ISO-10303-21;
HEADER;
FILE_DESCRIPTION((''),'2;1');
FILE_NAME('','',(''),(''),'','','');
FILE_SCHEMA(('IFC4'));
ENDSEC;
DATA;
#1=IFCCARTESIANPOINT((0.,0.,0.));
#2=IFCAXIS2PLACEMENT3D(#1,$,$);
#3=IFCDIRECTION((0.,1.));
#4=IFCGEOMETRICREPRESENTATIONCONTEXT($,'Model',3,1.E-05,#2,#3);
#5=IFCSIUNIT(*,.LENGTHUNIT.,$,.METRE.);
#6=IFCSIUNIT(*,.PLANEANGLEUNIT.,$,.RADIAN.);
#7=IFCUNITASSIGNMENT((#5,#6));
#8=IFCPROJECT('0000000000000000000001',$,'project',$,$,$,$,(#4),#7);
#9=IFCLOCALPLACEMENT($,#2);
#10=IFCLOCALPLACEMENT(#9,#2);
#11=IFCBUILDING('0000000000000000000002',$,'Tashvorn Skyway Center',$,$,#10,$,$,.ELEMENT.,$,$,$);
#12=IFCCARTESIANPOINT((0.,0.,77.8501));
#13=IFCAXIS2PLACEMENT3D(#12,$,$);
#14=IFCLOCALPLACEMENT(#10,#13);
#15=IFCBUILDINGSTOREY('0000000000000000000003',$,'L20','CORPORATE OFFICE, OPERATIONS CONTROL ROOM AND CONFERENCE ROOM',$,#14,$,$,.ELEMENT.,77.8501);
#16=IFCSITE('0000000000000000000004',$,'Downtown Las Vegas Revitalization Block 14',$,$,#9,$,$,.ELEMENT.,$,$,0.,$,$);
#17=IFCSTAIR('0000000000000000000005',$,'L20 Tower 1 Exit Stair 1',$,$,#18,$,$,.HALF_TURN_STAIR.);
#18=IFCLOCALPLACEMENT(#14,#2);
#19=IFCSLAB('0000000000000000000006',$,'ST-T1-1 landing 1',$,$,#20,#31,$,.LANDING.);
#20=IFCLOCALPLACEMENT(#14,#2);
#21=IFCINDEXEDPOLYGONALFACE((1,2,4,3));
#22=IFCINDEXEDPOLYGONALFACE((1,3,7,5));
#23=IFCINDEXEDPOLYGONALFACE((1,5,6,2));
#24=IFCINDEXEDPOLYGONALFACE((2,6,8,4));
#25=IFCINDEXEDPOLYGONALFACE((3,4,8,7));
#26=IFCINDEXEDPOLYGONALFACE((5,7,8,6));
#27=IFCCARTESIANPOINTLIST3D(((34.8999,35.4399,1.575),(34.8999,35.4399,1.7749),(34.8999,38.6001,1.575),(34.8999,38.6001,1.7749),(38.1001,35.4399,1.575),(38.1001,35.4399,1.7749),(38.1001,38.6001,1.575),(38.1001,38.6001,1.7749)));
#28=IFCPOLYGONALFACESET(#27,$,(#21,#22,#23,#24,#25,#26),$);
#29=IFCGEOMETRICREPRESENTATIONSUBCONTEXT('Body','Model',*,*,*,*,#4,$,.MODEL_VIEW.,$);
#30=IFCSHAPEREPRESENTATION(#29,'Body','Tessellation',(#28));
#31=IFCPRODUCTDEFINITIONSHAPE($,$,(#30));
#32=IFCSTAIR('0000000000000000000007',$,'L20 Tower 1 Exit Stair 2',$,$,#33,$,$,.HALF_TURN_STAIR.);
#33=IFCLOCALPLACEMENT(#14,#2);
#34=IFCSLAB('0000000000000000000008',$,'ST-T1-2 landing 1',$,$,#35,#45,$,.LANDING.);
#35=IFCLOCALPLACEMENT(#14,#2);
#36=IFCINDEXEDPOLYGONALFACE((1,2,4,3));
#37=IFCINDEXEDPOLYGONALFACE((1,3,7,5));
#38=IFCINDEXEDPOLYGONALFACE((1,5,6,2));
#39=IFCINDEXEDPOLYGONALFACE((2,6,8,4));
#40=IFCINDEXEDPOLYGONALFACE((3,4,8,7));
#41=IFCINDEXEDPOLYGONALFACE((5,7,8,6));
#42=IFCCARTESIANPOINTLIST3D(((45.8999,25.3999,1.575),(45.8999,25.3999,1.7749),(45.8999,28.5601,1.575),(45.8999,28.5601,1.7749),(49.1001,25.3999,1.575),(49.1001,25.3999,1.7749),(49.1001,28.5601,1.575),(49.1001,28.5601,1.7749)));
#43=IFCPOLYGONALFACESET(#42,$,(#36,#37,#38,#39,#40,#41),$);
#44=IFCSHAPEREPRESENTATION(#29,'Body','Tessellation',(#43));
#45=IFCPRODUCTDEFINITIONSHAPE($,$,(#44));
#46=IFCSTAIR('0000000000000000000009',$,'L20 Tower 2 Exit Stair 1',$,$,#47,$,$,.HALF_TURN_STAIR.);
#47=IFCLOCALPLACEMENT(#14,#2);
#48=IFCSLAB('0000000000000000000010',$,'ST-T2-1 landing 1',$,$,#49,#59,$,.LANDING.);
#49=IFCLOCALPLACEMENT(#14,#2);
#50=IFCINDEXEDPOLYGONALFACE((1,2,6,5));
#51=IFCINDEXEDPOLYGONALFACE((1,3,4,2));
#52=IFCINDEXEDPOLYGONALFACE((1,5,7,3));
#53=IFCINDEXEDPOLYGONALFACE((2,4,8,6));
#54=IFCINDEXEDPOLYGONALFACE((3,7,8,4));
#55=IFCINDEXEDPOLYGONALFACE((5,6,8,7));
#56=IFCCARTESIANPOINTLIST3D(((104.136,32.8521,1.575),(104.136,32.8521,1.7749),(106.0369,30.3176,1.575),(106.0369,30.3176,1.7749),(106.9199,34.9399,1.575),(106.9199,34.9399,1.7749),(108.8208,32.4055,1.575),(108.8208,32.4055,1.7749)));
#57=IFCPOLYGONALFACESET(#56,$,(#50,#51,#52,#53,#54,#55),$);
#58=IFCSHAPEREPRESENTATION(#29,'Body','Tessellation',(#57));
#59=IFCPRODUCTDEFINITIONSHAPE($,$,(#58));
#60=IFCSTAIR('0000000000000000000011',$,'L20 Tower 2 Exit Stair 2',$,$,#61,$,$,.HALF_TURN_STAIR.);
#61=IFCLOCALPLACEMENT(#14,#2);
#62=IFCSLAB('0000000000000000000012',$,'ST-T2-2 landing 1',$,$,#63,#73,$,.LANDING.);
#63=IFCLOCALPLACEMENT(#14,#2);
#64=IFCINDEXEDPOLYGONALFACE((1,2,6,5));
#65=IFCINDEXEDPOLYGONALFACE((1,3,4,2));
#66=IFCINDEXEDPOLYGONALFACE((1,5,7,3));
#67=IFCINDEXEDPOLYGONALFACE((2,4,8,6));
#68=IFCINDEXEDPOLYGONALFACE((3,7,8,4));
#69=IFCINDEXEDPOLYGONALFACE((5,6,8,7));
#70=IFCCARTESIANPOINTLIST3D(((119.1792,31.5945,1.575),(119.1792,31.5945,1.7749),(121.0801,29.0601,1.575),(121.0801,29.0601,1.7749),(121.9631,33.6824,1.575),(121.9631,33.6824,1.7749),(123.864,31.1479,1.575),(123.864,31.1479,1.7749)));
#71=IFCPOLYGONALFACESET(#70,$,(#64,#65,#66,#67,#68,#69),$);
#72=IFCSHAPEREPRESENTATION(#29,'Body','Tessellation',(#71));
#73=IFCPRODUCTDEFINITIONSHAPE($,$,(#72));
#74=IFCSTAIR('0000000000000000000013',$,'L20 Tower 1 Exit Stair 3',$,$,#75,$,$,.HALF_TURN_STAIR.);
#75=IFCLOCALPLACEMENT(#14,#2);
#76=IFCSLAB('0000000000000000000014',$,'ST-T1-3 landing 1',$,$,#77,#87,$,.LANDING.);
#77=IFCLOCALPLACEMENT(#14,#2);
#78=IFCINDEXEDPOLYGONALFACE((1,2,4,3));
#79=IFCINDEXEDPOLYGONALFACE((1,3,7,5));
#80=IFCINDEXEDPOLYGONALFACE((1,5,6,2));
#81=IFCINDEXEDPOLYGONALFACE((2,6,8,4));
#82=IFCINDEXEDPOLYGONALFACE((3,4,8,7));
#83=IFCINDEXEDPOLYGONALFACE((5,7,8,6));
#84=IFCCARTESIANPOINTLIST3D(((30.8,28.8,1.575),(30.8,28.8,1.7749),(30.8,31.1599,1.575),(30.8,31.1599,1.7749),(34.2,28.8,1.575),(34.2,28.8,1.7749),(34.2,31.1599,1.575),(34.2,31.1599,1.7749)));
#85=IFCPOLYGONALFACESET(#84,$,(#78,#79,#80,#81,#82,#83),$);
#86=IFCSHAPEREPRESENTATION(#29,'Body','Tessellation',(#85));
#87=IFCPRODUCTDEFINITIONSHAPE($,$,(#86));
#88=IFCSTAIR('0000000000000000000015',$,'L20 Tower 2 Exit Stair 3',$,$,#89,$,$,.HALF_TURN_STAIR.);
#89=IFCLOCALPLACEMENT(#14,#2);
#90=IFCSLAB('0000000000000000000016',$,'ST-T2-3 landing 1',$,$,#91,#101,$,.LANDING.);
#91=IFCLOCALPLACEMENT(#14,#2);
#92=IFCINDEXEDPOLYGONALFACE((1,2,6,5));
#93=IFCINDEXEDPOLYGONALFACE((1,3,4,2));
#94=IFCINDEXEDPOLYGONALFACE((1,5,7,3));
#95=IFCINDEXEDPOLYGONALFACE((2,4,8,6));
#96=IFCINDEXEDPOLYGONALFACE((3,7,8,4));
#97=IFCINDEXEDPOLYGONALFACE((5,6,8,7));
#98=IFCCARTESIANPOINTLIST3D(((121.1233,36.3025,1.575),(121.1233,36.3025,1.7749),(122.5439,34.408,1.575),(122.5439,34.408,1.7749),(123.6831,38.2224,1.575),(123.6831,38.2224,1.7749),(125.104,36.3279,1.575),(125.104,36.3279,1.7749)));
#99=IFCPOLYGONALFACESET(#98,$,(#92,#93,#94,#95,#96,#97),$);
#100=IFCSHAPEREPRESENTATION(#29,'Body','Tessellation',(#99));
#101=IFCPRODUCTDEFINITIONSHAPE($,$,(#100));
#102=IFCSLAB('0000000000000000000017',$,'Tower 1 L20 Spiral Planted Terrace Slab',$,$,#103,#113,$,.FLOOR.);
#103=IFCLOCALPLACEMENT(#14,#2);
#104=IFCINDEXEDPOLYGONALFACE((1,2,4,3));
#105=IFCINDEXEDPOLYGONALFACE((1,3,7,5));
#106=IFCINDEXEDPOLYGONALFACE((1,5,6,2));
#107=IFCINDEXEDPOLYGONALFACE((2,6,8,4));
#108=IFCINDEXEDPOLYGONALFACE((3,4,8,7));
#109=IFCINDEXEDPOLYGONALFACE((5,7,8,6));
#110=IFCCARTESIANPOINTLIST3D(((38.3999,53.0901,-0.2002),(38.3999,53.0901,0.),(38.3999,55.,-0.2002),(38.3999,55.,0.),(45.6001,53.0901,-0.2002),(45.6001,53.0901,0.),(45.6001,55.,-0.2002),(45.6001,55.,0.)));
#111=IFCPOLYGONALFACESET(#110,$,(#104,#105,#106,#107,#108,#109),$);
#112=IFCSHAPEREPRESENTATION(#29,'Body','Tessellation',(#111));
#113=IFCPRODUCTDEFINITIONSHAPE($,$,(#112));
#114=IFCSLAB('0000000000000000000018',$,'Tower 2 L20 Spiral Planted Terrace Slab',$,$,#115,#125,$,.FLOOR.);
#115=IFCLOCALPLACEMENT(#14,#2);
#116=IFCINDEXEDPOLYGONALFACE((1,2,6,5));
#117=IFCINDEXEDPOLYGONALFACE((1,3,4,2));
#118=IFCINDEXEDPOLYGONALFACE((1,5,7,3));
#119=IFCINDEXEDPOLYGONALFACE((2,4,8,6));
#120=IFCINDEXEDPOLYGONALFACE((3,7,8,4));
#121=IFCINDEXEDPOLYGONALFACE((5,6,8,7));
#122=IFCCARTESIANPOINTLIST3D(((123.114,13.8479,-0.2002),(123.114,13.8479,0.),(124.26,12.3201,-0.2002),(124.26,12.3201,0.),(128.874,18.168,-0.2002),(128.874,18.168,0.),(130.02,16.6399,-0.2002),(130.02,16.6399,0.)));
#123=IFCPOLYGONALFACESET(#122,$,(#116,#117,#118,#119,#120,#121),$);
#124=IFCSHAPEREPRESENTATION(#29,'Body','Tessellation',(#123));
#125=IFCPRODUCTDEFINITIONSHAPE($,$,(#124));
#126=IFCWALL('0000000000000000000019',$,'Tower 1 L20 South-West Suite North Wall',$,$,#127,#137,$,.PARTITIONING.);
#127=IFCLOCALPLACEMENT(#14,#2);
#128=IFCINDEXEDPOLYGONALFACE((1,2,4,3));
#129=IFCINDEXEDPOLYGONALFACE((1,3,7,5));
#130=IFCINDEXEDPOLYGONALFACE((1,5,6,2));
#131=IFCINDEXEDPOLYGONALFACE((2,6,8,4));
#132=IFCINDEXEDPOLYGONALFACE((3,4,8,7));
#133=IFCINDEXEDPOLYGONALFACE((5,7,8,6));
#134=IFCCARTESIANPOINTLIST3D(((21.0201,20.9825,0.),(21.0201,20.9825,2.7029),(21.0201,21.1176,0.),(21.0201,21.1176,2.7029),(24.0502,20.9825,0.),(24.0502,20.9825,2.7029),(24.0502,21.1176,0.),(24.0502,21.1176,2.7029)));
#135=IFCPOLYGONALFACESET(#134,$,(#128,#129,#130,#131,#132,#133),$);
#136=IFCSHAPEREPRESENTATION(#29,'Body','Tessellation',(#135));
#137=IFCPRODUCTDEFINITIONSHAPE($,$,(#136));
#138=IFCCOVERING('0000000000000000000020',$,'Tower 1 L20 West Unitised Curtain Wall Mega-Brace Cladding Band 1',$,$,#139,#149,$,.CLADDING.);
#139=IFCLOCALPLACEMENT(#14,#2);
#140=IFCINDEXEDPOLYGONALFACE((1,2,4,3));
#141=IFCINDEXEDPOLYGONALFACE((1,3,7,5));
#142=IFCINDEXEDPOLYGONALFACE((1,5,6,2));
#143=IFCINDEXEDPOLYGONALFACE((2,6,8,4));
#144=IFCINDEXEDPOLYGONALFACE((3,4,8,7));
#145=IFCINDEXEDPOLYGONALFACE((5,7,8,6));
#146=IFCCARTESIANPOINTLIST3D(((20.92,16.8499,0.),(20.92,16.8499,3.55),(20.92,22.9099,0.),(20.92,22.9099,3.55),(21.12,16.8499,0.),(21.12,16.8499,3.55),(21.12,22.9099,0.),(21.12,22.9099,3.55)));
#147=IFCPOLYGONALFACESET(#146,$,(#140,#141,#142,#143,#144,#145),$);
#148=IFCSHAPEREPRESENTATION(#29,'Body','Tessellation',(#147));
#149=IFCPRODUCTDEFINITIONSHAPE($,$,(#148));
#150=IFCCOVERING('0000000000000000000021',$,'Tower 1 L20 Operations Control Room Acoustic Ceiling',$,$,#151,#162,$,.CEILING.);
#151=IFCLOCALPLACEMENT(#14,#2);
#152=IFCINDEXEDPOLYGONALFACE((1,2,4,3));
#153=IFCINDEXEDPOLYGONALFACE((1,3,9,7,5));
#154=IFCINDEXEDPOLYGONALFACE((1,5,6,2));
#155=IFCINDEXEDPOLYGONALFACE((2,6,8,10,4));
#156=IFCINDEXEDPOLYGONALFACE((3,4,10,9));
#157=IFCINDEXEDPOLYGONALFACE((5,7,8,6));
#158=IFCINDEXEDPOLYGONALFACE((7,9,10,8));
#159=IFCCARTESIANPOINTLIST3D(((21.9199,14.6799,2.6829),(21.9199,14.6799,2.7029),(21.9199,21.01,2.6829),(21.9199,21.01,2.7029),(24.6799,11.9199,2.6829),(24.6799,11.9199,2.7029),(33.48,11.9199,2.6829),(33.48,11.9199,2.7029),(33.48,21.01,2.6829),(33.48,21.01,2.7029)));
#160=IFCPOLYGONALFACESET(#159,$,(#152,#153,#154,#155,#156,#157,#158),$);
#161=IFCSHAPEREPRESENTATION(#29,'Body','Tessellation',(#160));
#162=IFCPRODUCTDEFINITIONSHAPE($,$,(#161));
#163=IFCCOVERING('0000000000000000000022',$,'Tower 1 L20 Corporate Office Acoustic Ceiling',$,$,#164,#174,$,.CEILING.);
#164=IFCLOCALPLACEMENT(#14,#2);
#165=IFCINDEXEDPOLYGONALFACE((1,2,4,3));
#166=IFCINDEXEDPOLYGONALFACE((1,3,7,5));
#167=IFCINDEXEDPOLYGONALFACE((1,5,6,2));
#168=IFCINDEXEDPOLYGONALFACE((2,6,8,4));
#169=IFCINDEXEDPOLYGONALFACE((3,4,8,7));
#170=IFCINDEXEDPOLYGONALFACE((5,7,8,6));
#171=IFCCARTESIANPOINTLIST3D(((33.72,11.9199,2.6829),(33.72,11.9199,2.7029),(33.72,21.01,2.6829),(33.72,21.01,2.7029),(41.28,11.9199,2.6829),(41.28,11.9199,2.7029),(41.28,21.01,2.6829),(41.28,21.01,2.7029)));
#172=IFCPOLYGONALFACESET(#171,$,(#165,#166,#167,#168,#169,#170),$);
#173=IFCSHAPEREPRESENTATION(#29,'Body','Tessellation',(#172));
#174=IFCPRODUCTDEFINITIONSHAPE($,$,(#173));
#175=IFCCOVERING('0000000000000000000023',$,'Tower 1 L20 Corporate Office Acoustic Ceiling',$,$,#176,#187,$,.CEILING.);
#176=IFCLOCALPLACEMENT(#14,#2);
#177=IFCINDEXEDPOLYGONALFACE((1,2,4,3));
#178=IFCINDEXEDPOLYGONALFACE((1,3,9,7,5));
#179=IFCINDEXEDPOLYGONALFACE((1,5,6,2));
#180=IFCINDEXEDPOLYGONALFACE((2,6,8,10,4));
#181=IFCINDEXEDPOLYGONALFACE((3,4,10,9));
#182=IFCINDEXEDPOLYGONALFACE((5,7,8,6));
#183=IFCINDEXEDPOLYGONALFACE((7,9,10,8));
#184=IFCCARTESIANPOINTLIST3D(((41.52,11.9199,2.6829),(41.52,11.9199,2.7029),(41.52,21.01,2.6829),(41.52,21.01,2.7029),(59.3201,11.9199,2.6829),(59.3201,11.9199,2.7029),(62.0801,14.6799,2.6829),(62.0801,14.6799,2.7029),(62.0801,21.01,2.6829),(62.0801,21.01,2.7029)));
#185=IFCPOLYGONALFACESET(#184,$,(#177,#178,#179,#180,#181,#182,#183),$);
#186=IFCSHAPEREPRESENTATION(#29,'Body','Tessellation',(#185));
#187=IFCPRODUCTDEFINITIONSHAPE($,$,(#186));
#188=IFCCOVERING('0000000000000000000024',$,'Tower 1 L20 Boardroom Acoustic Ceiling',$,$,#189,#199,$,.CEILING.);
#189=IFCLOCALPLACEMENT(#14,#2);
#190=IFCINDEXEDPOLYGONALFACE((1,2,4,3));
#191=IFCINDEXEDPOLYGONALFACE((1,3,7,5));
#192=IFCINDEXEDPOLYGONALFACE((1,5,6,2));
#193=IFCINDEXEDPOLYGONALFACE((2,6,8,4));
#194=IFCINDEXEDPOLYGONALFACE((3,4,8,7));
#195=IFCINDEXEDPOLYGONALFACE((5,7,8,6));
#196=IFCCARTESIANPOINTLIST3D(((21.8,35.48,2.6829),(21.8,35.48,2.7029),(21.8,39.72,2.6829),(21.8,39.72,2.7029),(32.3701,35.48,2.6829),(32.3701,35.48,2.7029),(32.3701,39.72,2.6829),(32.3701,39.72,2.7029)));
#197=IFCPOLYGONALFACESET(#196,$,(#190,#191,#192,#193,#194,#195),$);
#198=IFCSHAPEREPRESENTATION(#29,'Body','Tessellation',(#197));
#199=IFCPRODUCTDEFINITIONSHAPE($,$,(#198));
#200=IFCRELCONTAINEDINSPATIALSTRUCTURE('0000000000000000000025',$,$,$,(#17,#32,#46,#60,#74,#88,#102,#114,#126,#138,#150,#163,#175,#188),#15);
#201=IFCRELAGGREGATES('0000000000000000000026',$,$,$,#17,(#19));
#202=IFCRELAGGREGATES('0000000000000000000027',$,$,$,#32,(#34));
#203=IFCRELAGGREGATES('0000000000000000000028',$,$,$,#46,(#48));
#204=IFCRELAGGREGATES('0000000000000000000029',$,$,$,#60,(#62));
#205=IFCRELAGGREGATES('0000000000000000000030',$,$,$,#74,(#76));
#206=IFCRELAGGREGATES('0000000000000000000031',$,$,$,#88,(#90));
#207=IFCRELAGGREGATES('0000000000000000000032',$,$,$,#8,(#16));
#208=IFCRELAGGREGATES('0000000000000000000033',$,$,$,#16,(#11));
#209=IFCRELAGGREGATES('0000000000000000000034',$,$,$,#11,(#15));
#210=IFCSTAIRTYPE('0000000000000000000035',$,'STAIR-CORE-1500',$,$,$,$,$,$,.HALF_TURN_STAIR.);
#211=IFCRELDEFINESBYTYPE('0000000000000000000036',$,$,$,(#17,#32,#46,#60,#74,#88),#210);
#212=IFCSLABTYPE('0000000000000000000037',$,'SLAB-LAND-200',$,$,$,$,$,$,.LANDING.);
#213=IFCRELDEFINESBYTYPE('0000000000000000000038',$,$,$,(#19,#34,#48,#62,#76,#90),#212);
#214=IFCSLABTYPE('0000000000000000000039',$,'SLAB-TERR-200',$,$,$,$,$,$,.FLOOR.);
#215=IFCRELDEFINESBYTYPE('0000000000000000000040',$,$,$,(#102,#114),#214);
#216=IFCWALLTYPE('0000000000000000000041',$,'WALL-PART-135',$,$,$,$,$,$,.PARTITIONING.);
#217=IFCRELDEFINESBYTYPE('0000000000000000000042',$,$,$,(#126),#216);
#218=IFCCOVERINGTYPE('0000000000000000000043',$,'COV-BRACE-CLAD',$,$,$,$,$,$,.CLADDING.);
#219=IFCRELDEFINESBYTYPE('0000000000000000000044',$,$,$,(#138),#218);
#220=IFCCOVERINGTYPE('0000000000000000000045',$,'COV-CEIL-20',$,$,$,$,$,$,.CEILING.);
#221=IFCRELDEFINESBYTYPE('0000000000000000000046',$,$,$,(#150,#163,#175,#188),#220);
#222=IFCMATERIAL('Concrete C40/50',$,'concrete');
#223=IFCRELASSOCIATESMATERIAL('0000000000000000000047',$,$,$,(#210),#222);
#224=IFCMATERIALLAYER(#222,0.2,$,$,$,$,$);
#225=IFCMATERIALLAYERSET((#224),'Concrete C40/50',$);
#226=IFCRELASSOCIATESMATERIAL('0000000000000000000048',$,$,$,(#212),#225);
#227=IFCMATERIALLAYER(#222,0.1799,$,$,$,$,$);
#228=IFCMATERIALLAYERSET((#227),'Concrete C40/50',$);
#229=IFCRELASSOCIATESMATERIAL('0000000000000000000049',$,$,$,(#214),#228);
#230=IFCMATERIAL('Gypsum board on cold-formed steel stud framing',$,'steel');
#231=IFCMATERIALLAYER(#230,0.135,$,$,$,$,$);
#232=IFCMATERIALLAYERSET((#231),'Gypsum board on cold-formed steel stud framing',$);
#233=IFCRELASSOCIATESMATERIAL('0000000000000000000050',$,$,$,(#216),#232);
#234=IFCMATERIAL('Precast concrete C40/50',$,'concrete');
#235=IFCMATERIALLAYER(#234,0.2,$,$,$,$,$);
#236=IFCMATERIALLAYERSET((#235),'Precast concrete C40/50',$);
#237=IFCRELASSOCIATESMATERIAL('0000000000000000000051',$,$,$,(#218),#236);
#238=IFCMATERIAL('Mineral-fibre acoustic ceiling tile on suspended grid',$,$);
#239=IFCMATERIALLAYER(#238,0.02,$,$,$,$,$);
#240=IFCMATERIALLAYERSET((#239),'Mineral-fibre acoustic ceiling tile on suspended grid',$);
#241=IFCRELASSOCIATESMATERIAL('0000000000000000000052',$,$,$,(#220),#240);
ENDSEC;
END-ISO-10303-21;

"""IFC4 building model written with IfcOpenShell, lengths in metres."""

from ifc_helpers import new_model, si_unit, direction, frame, frame_2d, origin, origin_2d, place, context, subcontext, project, spatial, polyline, rectangle, outline, extrude, material, layer, layer_set, type_object, element, aggregate, save


model = new_model("IFC4")

# Units and contexts
model_context = context("Model", 3, precision=1e-05, world=origin(), true_north=direction((0.0, 1.0)))
body_context = subcontext(model_context, "Body", "Model", "MODEL_VIEW")
ifc_project = project(units=[si_unit("LENGTHUNIT", "METRE"), si_unit("PLANEANGLEUNIT", "RADIAN")], contexts=[model_context])

# Site, building, storey
site_placement = place(None, origin())
site = spatial("IfcSite", under=ifc_project, at=site_placement, Name="Downtown Las Vegas Revitalization Block 14", CompositionType="ELEMENT", RefElevation=0.0)
building_placement = place(site_placement, origin())
building = spatial("IfcBuilding", under=site, at=building_placement, Name="Tashvorn Skyway Center", CompositionType="ELEMENT")
storey_placement = place(building_placement, frame((0.0, 0.0, 77.8501)))
storey = spatial("IfcBuildingStorey", under=building, at=storey_placement, Name="L20", Description="CORPORATE OFFICE, OPERATIONS CONTROL ROOM AND CONFERENCE ROOM", CompositionType="ELEMENT", Elevation=77.8501)

# Shared definitions
ifc_material_1 = material(Name="Concrete C40/50", Category="concrete")

# Stairs, slabs
stair_type = type_object("IfcStairType", Name="STAIR-CORE-1500", PredefinedType="HALF_TURN_STAIR", material=ifc_material_1)
stair_1_placement = place(storey_placement, origin())
stair_1 = element("IfcStair", 1, at=stair_1_placement, inside=storey, type_object=stair_type, Name="L20 Tower 1 Exit Stair 1", PredefinedType="HALF_TURN_STAIR")
ifc_layer_1 = layer(ifc_material_1, 0.2)
ifc_layer_set_1 = layer_set([ifc_layer_1], Name="Concrete C40/50")
slab_type_1 = type_object("IfcSlabType", Name="SLAB-LAND-200", PredefinedType="LANDING", material=ifc_layer_set_1)
slab_1_placement = place(storey_placement, frame((0.0, 0.0, 1.575)))
slab_1 = element("IfcSlab", 2, at=slab_1_placement, type_object=slab_type_1, Name="ST-T1-1 landing 1", PredefinedType="LANDING", context=body_context, shape_type="SweptSolid", body=[
    extrude(outline(polyline([(38.1001, 35.4399), (38.1001, 38.6001), (34.8999, 38.6001), (34.8999, 35.4399), (38.1001, 35.4399)])), origin(), (0.0, 0.0, 1.0), 0.2),
])
aggregate(stair_1, [slab_1])
stair_2_placement = place(storey_placement, origin())
stair_2 = element("IfcStair", 3, at=stair_2_placement, inside=storey, type_object=stair_type, Name="L20 Tower 1 Exit Stair 2", PredefinedType="HALF_TURN_STAIR")
slab_2_placement = place(storey_placement, frame((0.0, 0.0, 1.575)))
slab_2 = element("IfcSlab", 4, at=slab_2_placement, type_object=slab_type_1, Name="ST-T1-2 landing 1", PredefinedType="LANDING", context=body_context, shape_type="SweptSolid", body=[
    extrude(outline(polyline([(45.8999, 28.5601), (45.8999, 25.3999), (49.1001, 25.3999), (49.1001, 28.5601), (45.8999, 28.5601)])), origin(), (0.0, 0.0, 1.0), 0.2),
])
aggregate(stair_2, [slab_2])
stair_3_placement = place(storey_placement, origin())
stair_3 = element("IfcStair", 5, at=stair_3_placement, inside=storey, type_object=stair_type, Name="L20 Tower 2 Exit Stair 1", PredefinedType="HALF_TURN_STAIR")
slab_3_placement = place(storey_placement, frame((0.0, 0.0, 1.575)))
slab_3 = element("IfcSlab", 6, at=slab_3_placement, type_object=slab_type_1, Name="ST-T2-1 landing 1", PredefinedType="LANDING", context=body_context, shape_type="SweptSolid", body=[
    extrude(outline(polyline([(108.8208, 32.4055), (106.9199, 34.9399), (104.136, 32.8521), (106.0369, 30.3176), (108.8208, 32.4055)])), origin(), (0.0, 0.0, 1.0), 0.2),
])
aggregate(stair_3, [slab_3])
stair_4_placement = place(storey_placement, origin())
stair_4 = element("IfcStair", 7, at=stair_4_placement, inside=storey, type_object=stair_type, Name="L20 Tower 2 Exit Stair 2", PredefinedType="HALF_TURN_STAIR")
slab_4_placement = place(storey_placement, frame((0.0, 0.0, 1.575)))
slab_4 = element("IfcSlab", 8, at=slab_4_placement, type_object=slab_type_1, Name="ST-T2-2 landing 1", PredefinedType="LANDING", context=body_context, shape_type="SweptSolid", body=[
    extrude(outline(polyline([(119.1792, 31.5945), (121.0801, 29.0601), (123.864, 31.1479), (121.9631, 33.6824), (119.1792, 31.5945)])), origin(), (0.0, 0.0, 1.0), 0.2),
])
aggregate(stair_4, [slab_4])
stair_5_placement = place(storey_placement, origin())
stair_5 = element("IfcStair", 9, at=stair_5_placement, inside=storey, type_object=stair_type, Name="L20 Tower 1 Exit Stair 3", PredefinedType="HALF_TURN_STAIR")
slab_5_placement = place(storey_placement, frame((0.0, 0.0, 1.575)))
slab_5 = element("IfcSlab", 10, at=slab_5_placement, type_object=slab_type_1, Name="ST-T1-3 landing 1", PredefinedType="LANDING", context=body_context, shape_type="SweptSolid", body=[
    extrude(outline(polyline([(30.8, 31.1599), (30.8, 28.8), (34.2, 28.8), (34.2, 31.1599), (30.8, 31.1599)])), origin(), (0.0, 0.0, 1.0), 0.2),
])
aggregate(stair_5, [slab_5])
stair_6_placement = place(storey_placement, origin())
stair_6 = element("IfcStair", 11, at=stair_6_placement, inside=storey, type_object=stair_type, Name="L20 Tower 2 Exit Stair 3", PredefinedType="HALF_TURN_STAIR")
slab_6_placement = place(storey_placement, frame((0.0, 0.0, 1.575)))
slab_6 = element("IfcSlab", 12, at=slab_6_placement, type_object=slab_type_1, Name="ST-T2-3 landing 1", PredefinedType="LANDING", context=body_context, shape_type="SweptSolid", body=[
    extrude(outline(polyline([(121.1233, 36.3025), (122.5439, 34.408), (125.104, 36.3279), (123.6831, 38.2224), (121.1233, 36.3025)])), origin(), (0.0, 0.0, 1.0), 0.2),
])
aggregate(stair_6, [slab_6])

# Slabs
ifc_layer_2 = layer(ifc_material_1, 0.1799)
ifc_layer_set_2 = layer_set([ifc_layer_2], Name="Concrete C40/50")
slab_type_2 = type_object("IfcSlabType", Name="SLAB-TERR-200", PredefinedType="FLOOR", material=ifc_layer_set_2)
slab_7_placement = place(storey_placement, frame((0.0, 0.0, -0.2002)))
element("IfcSlab", 13, at=slab_7_placement, inside=storey, type_object=slab_type_2, Name="Tower 1 L20 Spiral Planted Terrace Slab", PredefinedType="FLOOR", context=body_context, shape_type="SweptSolid", body=[
    extrude(outline(polyline([(38.3999, 53.0901), (45.6001, 53.0901), (45.6001, 55.0), (38.3999, 55.0), (38.3999, 53.0901)])), origin(), (0.0, 0.0, 1.0), 0.2002),
])
slab_8_placement = place(storey_placement, frame((0.0, 0.0, -0.2002)))
element("IfcSlab", 14, at=slab_8_placement, inside=storey, type_object=slab_type_2, Name="Tower 2 L20 Spiral Planted Terrace Slab", PredefinedType="FLOOR", context=body_context, shape_type="SweptSolid", body=[
    extrude(outline(polyline([(124.26, 12.3201), (130.02, 16.6399), (128.874, 18.168), (123.114, 13.8479), (124.26, 12.3201)])), origin(), (0.0, 0.0, 1.0), 0.2002),
])

# Wall
ifc_material_2 = material(Name="Gypsum board on cold-formed steel stud framing", Category="steel")
ifc_layer_3 = layer(ifc_material_2, 0.135)
ifc_layer_set_3 = layer_set([ifc_layer_3], Name="Gypsum board on cold-formed steel stud framing")
wall_type = type_object("IfcWallType", Name="WALL-PART-135", PredefinedType="PARTITIONING", material=ifc_layer_set_3)
wall_placement = place(storey_placement, frame((21.02, 21.05, 0.0), z_axis=(0.0, 0.0, 1.0), x_axis=(1.0, 0.0, 0.0)))
element("IfcWall", 15, at=wall_placement, inside=storey, type_object=wall_type, Name="Tower 1 L20 South-West Suite North Wall", PredefinedType="PARTITIONING", context=body_context, shape_type="SweptSolid", body=[
    extrude(rectangle(XDim=3.03, YDim=0.135, at=frame_2d((1.5151, 0.0))), origin(), (0.0, 0.0, 1.0), 2.7029),
])

# Coverings
ifc_material_3 = material(Name="Precast concrete C40/50", Category="concrete")
ifc_layer_4 = layer(ifc_material_3, 0.2)
ifc_layer_set_4 = layer_set([ifc_layer_4], Name="Precast concrete C40/50")
covering_type_1 = type_object("IfcCoveringType", Name="COV-BRACE-CLAD", PredefinedType="CLADDING", material=ifc_layer_set_4)
covering_1_placement = place(storey_placement, frame((21.02, 19.8799, 0.0), z_axis=(0.0, 0.0, 1.0), x_axis=(0.0, 1.0, 0.0)))
element("IfcCovering", 16, at=covering_1_placement, inside=storey, type_object=covering_type_1, Name="Tower 1 L20 West Unitised Curtain Wall Mega-Brace Cladding Band 1", PredefinedType="CLADDING", context=body_context, shape_type="SweptSolid", body=[
    extrude(rectangle(XDim=6.0601, YDim=0.2, at=origin_2d()), origin(), (0.0, 0.0, 1.0), 3.55),
])
ifc_material_4 = material(Name="Mineral-fibre acoustic ceiling tile on suspended grid")
ifc_layer_5 = layer(ifc_material_4, 0.02)
ifc_layer_set_5 = layer_set([ifc_layer_5], Name="Mineral-fibre acoustic ceiling tile on suspended grid")
covering_type_2 = type_object("IfcCoveringType", Name="COV-CEIL-20", PredefinedType="CEILING", material=ifc_layer_set_5)
covering_2_placement = place(storey_placement, frame((0.0, 0.0, 2.6829)))
element("IfcCovering", 17, at=covering_2_placement, inside=storey, type_object=covering_type_2, Name="Tower 1 L20 Operations Control Room Acoustic Ceiling", PredefinedType="CEILING", context=body_context, shape_type="SweptSolid", body=[
    extrude(outline(polyline([(21.9199, 21.01), (33.48, 21.01), (33.48, 11.9199), (24.6799, 11.9199), (21.9199, 14.6799), (21.9199, 21.01)])), origin(), (0.0, 0.0, 1.0), 0.02),
])
covering_3_placement = place(storey_placement, frame((0.0, 0.0, 2.6829)))
element("IfcCovering", 18, at=covering_3_placement, inside=storey, type_object=covering_type_2, Name="Tower 1 L20 Corporate Office Acoustic Ceiling", PredefinedType="CEILING", context=body_context, shape_type="SweptSolid", body=[
    extrude(outline(polyline([(33.72, 21.01), (41.28, 21.01), (41.28, 11.9199), (33.72, 11.9199), (33.72, 21.01)])), origin(), (0.0, 0.0, 1.0), 0.02),
])
covering_4_placement = place(storey_placement, frame((0.0, 0.0, 2.6829)))
element("IfcCovering", 19, at=covering_4_placement, inside=storey, type_object=covering_type_2, Name="Tower 1 L20 Corporate Office Acoustic Ceiling", PredefinedType="CEILING", context=body_context, shape_type="SweptSolid", body=[
    extrude(outline(polyline([(41.52, 11.9199), (41.52, 21.01), (62.0801, 21.01), (62.0801, 14.6799), (59.3201, 11.9199), (41.52, 11.9199)])), origin(), (0.0, 0.0, 1.0), 0.02),
])
covering_5_placement = place(storey_placement, frame((0.0, 0.0, 2.6829)))
element("IfcCovering", 20, at=covering_5_placement, inside=storey, type_object=covering_type_2, Name="Tower 1 L20 Boardroom Acoustic Ceiling", PredefinedType="CEILING", context=body_context, shape_type="SweptSolid", body=[
    extrude(outline(polyline([(32.3701, 39.72), (32.3701, 35.48), (21.8, 35.48), (21.8, 39.72), (32.3701, 39.72)])), origin(), (0.0, 0.0, 1.0), 0.02),
])

save(model, "model.ifc")
